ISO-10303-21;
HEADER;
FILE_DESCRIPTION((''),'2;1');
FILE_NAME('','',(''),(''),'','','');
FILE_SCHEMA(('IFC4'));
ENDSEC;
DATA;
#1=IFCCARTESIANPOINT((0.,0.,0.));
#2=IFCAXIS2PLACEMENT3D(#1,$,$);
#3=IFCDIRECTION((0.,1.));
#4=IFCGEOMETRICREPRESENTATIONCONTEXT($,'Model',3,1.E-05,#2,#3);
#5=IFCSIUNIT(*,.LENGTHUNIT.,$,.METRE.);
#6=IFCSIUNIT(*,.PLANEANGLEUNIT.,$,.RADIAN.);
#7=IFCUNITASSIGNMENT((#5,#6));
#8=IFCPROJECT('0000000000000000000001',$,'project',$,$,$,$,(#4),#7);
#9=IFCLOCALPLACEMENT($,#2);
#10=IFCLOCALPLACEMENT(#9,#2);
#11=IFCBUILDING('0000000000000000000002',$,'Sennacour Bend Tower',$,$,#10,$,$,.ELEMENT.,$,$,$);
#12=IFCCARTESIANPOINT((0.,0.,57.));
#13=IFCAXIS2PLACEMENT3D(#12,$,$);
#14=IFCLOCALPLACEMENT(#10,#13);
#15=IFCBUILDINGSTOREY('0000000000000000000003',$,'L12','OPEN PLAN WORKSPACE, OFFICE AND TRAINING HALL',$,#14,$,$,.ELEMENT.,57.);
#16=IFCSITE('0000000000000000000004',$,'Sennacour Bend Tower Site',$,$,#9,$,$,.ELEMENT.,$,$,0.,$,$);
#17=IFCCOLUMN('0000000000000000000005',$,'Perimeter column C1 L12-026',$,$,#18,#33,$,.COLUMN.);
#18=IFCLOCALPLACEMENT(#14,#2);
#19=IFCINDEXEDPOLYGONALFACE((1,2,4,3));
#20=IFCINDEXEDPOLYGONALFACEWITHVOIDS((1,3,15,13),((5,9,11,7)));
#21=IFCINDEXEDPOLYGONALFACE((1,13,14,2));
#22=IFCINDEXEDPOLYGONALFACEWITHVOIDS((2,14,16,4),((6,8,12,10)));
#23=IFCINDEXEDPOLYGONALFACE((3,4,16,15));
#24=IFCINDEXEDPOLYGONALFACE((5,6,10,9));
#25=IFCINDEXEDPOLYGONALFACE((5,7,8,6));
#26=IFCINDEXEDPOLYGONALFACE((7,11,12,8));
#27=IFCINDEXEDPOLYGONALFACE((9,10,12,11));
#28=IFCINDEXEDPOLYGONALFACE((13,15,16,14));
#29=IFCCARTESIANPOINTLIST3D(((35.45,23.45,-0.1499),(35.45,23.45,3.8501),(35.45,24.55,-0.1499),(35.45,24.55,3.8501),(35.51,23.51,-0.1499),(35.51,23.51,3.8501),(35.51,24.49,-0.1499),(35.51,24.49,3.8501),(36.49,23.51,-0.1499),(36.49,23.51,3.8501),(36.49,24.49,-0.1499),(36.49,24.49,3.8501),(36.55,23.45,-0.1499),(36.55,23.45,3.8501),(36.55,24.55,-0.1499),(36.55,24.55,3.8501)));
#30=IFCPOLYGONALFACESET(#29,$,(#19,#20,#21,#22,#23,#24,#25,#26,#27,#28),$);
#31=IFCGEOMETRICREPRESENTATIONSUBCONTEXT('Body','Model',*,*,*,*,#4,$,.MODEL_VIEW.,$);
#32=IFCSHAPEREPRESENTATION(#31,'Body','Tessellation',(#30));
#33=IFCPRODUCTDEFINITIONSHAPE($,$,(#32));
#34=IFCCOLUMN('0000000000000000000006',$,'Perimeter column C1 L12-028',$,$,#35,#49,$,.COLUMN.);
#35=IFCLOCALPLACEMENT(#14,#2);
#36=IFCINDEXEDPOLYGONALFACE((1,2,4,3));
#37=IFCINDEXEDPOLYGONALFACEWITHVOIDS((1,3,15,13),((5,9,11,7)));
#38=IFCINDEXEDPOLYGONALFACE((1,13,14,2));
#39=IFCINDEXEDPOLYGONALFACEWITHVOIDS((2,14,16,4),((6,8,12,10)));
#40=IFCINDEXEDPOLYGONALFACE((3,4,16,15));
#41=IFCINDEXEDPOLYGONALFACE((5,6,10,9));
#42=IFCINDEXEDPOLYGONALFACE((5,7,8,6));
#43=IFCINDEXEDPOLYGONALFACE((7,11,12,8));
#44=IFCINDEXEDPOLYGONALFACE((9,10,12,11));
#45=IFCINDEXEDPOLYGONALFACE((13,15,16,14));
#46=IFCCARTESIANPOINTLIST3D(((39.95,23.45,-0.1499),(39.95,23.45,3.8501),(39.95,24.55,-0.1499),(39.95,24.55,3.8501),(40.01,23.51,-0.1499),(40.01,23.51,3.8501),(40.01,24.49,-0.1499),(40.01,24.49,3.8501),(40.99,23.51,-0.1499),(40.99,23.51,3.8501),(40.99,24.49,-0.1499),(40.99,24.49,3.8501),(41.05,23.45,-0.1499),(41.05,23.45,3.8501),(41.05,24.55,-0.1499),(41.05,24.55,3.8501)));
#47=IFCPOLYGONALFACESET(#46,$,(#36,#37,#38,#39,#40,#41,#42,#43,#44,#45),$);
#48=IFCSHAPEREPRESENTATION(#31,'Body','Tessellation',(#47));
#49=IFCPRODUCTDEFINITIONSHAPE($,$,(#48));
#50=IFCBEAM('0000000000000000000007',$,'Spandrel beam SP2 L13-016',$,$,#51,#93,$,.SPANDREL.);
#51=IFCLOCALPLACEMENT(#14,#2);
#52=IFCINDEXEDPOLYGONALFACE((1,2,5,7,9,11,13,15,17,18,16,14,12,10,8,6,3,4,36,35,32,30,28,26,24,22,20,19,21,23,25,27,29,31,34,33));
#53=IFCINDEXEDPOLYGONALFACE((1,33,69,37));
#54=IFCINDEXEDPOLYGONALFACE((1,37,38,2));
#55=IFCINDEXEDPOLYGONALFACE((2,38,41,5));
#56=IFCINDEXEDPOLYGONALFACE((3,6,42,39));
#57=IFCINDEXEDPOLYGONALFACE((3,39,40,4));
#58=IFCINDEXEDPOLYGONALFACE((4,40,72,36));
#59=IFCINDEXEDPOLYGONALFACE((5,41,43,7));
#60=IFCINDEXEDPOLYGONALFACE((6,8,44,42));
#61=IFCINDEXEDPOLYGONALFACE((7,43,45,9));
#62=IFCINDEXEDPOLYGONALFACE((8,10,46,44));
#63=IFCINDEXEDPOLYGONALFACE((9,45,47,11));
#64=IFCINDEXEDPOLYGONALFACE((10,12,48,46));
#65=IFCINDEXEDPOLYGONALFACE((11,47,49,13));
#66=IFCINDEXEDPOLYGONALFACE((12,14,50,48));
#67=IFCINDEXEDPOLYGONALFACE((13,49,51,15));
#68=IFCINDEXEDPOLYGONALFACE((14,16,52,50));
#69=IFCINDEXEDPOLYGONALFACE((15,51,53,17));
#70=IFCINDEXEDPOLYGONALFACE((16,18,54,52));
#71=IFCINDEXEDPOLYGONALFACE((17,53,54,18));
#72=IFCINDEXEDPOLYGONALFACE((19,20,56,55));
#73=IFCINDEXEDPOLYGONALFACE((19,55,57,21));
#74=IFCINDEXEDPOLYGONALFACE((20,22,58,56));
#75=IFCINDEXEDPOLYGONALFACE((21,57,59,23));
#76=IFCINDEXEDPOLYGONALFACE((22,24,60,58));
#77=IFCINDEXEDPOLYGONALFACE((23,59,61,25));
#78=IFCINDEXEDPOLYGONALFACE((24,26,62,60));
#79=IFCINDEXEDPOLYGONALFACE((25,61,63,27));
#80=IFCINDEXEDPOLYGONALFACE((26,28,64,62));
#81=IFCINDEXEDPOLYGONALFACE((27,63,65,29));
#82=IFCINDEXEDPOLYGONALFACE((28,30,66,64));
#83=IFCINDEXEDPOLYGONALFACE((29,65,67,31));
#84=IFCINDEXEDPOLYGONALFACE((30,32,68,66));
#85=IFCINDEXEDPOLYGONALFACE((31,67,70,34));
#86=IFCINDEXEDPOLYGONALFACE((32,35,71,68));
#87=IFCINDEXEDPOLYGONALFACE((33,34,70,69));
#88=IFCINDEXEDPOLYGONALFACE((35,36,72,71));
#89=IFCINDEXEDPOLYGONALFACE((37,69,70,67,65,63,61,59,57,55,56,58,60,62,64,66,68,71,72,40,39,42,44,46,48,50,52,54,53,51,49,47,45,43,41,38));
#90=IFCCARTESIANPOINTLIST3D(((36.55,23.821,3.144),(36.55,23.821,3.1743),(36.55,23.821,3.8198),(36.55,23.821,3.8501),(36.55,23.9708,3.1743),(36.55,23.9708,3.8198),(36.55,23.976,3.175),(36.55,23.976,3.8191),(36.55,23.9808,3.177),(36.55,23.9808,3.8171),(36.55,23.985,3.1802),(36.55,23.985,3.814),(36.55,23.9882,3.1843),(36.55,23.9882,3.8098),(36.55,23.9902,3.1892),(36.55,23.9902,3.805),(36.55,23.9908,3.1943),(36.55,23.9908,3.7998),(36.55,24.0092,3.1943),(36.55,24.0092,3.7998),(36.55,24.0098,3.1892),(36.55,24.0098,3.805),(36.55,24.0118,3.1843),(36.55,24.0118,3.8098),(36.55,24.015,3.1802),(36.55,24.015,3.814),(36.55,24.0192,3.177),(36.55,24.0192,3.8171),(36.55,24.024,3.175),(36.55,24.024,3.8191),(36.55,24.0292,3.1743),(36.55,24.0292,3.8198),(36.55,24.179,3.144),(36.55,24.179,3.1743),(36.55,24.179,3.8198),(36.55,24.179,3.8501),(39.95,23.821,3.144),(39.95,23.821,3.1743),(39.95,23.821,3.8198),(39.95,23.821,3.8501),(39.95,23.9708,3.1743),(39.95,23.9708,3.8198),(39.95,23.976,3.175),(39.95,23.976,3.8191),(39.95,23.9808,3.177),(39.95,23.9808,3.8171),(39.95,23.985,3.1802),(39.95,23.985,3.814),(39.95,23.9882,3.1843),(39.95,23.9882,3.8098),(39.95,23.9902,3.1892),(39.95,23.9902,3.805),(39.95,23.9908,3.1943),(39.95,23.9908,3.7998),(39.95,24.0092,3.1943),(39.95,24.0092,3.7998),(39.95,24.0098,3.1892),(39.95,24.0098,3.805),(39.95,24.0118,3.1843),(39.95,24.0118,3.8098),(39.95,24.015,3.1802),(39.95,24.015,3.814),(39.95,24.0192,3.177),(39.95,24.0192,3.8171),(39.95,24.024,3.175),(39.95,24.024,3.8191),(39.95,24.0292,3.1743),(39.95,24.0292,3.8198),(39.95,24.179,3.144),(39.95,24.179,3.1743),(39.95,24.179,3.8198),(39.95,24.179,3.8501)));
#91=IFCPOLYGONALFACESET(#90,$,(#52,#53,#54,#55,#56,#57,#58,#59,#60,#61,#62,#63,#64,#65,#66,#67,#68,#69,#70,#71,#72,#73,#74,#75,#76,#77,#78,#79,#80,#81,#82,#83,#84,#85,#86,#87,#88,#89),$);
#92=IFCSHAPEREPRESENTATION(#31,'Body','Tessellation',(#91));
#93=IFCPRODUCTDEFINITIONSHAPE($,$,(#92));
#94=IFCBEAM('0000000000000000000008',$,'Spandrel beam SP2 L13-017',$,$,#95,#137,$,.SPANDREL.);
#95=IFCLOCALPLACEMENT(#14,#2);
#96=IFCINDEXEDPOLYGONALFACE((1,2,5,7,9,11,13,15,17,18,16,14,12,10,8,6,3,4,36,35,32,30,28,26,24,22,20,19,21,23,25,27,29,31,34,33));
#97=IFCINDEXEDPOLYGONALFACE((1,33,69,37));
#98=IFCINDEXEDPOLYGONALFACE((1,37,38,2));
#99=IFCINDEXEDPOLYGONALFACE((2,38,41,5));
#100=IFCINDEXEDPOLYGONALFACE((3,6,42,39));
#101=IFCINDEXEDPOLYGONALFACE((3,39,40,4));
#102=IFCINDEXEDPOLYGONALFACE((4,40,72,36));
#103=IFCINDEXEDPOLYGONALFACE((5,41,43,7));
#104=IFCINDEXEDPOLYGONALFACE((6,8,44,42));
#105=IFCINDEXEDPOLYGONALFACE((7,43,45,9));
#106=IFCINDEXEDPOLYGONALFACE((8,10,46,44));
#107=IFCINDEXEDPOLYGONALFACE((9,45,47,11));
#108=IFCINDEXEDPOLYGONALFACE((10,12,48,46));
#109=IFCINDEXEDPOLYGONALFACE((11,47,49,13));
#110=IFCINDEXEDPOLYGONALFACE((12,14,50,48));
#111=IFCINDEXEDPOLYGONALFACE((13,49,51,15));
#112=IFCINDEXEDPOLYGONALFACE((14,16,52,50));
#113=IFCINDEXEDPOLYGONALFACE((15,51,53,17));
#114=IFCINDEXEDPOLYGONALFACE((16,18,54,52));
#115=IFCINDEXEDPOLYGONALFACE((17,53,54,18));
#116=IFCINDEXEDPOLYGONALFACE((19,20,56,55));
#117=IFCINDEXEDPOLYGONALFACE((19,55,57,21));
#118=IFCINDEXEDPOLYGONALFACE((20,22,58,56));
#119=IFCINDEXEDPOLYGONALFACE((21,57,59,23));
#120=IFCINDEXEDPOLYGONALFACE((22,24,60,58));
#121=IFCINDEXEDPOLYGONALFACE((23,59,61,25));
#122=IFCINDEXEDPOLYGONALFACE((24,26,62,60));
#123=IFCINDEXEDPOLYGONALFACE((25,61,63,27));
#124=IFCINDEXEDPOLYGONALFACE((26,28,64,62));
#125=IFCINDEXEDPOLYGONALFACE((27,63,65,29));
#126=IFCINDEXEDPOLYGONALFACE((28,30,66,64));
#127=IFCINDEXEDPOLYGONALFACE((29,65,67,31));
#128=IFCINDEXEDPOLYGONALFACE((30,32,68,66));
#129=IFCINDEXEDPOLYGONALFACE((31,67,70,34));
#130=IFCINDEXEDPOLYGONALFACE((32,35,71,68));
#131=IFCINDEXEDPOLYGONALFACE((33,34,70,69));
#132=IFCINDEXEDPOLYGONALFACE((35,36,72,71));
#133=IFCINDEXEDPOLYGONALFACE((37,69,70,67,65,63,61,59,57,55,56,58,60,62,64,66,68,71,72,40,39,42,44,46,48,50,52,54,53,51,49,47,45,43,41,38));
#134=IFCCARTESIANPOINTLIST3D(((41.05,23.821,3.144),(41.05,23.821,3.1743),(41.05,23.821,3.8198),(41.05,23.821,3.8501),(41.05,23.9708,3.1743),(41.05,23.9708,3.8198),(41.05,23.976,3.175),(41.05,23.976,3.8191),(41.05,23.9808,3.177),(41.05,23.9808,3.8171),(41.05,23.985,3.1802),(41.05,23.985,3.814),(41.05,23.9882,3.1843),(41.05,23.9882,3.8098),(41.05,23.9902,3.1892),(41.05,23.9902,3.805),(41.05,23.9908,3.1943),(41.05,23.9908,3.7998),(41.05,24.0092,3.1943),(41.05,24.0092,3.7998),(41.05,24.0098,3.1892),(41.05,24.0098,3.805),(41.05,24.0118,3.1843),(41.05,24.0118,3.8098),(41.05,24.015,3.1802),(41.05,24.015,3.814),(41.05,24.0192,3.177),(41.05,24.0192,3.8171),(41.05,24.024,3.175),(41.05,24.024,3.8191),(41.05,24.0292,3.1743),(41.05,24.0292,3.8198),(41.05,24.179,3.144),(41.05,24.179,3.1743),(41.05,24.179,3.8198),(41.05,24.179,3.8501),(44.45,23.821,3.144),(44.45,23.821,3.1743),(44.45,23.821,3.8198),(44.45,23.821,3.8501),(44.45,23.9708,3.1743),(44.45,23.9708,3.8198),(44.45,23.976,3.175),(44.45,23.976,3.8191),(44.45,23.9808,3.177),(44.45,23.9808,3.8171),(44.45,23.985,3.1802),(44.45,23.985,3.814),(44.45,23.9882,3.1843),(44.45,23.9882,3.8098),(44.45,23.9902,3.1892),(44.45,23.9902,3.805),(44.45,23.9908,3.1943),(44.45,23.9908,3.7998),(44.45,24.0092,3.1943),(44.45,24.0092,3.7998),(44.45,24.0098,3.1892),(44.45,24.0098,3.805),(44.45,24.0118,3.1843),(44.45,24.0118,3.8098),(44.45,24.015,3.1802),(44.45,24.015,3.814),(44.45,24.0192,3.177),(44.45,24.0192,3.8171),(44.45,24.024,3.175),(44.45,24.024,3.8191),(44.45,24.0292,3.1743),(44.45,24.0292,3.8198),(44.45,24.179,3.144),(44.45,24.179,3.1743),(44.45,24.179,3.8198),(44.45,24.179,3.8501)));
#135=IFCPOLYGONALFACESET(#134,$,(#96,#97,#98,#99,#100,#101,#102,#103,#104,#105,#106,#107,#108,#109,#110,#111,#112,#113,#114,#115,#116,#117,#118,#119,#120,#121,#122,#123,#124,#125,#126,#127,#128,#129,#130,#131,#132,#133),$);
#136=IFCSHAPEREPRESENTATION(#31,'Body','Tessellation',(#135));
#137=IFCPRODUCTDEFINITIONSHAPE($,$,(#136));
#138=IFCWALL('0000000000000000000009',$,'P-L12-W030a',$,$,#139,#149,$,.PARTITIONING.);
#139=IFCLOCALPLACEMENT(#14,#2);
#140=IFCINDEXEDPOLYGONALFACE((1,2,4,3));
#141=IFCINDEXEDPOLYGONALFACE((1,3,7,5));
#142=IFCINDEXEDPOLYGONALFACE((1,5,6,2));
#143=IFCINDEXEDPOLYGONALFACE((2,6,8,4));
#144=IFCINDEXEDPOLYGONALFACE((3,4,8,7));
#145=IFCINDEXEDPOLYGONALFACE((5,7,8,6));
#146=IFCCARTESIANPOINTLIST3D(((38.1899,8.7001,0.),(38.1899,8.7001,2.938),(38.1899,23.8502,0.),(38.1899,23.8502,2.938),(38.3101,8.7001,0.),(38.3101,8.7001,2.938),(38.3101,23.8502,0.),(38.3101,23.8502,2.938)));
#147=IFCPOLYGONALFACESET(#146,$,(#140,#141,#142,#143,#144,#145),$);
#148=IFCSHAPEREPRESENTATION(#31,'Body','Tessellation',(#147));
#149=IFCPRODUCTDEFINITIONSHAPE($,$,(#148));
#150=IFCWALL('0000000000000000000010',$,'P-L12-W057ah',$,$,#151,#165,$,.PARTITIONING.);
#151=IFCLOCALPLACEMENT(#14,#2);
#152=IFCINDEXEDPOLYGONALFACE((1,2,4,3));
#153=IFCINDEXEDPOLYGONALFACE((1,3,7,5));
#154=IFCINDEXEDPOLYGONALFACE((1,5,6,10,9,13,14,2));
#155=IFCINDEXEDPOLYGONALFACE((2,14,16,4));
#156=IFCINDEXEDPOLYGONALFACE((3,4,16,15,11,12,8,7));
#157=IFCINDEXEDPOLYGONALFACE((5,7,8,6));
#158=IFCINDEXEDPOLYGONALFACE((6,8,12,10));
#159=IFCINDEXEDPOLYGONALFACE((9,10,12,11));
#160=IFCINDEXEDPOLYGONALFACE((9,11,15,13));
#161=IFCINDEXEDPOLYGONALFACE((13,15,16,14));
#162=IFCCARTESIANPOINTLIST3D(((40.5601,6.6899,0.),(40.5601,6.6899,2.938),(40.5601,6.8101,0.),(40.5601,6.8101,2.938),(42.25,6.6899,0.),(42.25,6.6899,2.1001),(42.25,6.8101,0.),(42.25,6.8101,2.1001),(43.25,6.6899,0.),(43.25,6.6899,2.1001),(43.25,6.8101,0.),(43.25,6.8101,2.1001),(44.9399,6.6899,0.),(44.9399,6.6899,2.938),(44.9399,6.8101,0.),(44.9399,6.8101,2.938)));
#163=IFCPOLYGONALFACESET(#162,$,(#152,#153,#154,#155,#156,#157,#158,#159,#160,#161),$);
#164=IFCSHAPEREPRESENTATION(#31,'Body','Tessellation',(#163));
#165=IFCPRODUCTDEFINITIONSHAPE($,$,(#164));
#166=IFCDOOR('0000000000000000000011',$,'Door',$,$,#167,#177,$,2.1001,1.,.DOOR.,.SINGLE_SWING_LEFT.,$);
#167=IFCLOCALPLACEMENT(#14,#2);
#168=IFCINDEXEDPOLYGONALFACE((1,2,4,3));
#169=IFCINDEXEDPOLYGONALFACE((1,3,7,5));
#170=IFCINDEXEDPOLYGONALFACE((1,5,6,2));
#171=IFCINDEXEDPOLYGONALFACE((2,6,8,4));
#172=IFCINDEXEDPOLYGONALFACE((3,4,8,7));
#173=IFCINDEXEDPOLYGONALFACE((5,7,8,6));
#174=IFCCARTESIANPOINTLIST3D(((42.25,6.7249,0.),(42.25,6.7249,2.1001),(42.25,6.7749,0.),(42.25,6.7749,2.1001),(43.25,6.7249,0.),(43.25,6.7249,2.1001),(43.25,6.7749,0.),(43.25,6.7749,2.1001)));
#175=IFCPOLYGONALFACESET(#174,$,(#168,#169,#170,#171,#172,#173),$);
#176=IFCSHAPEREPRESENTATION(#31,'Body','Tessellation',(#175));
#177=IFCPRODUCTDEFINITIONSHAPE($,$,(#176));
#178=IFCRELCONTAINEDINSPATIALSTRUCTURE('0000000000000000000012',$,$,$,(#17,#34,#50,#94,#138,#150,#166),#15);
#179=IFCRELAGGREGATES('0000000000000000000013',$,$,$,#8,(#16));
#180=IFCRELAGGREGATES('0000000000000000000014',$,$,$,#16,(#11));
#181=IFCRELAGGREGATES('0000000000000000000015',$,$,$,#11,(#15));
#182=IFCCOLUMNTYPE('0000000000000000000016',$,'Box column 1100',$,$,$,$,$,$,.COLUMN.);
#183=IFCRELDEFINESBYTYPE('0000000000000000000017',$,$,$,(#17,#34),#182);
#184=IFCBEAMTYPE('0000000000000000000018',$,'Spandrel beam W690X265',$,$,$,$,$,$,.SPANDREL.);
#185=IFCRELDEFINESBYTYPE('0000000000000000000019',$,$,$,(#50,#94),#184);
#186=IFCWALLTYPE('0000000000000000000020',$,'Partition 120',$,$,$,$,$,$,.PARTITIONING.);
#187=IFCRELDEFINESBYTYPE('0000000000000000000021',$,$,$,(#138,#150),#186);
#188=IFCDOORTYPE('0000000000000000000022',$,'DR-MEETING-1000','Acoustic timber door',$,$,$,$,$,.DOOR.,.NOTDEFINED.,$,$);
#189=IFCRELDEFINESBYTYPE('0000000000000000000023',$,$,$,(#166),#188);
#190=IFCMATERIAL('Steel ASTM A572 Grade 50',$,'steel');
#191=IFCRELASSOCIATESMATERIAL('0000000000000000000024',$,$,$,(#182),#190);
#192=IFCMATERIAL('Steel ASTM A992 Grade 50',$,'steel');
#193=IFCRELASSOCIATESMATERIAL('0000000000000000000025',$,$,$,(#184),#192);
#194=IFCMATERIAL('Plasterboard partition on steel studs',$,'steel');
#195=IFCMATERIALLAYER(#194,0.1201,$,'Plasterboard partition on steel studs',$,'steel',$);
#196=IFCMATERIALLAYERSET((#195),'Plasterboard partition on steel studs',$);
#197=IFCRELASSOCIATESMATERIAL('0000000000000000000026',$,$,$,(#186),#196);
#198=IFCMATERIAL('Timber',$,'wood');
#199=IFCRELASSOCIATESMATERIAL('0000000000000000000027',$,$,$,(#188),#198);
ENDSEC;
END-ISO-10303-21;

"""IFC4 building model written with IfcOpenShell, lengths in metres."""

from ifc_helpers import new_model, si_unit, direction, frame, frame_2d, origin, origin_2d, place, context, subcontext, project, spatial, rectangle, hollow_rectangle, i_section, extrude, material, layer, layer_set, material_profile, profile_set, type_object, element, fill, save


model = new_model("IFC4")

# Units and contexts
model_context = context("Model", 3, precision=1e-05, world=origin(), true_north=direction((0.0, 1.0)))
body_context = subcontext(model_context, "Body", "Model", "MODEL_VIEW")
ifc_project = project(units=[si_unit("LENGTHUNIT", "METRE"), si_unit("PLANEANGLEUNIT", "RADIAN")], contexts=[model_context])

# Site, building, storey
site_placement = place(None, origin())
site = spatial("IfcSite", under=ifc_project, at=site_placement, Name="Sennacour Bend Tower Site", CompositionType="ELEMENT", RefElevation=0.0)
building_placement = place(site_placement, origin())
building = spatial("IfcBuilding", under=site, at=building_placement, Name="Sennacour Bend Tower", CompositionType="ELEMENT")
storey_placement = place(building_placement, frame((0.0, 0.0, 57.0)))
storey = spatial("IfcBuildingStorey", under=building, at=storey_placement, Name="L12", Description="OPEN PLAN WORKSPACE, OFFICE AND TRAINING HALL", CompositionType="ELEMENT", Elevation=57.0)

# Columns
ifc_material_1 = material(Name="Steel ASTM A572 Grade 50", Category="steel")
ifc_material_profile_1 = material_profile(ifc_material_1, hollow_rectangle(XDim=1.1001, YDim=1.1001, WallThickness=0.0601, at=origin_2d()), Name="Steel ASTM A572 Grade 50", Category="steel")
ifc_profile_set_1 = profile_set([ifc_material_profile_1], Name="Steel ASTM A572 Grade 50")
column_type = type_object("IfcColumnType", Name="Box column 1100", PredefinedType="COLUMN", material=ifc_profile_set_1)
for number, where, z_axis, x_axis, name in (
    (1, (36.0, 24.0, -0.1499), (0.0, 0.0, 1.0), (1.0, 0.0, 0.0), "Perimeter column C1 L12-026"),
    (2, (40.5, 24.0, -0.1499), (0.0, 0.0, 1.0), (1.0, 0.0, 0.0), "Perimeter column C1 L12-028"),
):
    element("IfcColumn", number, at=place(storey_placement, frame(where, z_axis=z_axis, x_axis=x_axis)), inside=storey, type_object=column_type, Name=name, PredefinedType="COLUMN", context=body_context, shape_type="SweptSolid", body=[
        extrude(hollow_rectangle(XDim=1.1001, YDim=1.1001, WallThickness=0.0601, at=origin_2d()), origin(), (0.0, 0.0, 1.0), 4.0),
    ])

# Beams
ifc_material_2 = material(Name="Steel ASTM A992 Grade 50", Category="steel")
ifc_material_profile_2 = material_profile(ifc_material_2, i_section(OverallWidth=0.3579, OverallDepth=0.7061, WebThickness=0.0183, FlangeThickness=0.0303, FilletRadius=0.02, at=origin_2d()), Name="Steel ASTM A992 Grade 50", Category="steel")
ifc_profile_set_2 = profile_set([ifc_material_profile_2], Name="Steel ASTM A992 Grade 50")
beam_type = type_object("IfcBeamType", Name="Spandrel beam W690X265", PredefinedType="SPANDREL", material=ifc_profile_set_2)
for number, where, z_axis, x_axis, name in (
    (3, (36.55, 24.0, 3.4971), (1.0, 0.0, 0.0), (0.0, 1.0, 0.0), "Spandrel beam SP2 L13-016"),
    (4, (41.05, 24.0, 3.4971), (1.0, 0.0, 0.0), (0.0, 1.0, 0.0), "Spandrel beam SP2 L13-017"),
):
    element("IfcBeam", number, at=place(storey_placement, frame(where, z_axis=z_axis, x_axis=x_axis)), inside=storey, type_object=beam_type, Name=name, PredefinedType="SPANDREL", context=body_context, shape_type="SweptSolid", body=[
        extrude(i_section(OverallWidth=0.3579, OverallDepth=0.7061, WebThickness=0.0183, FlangeThickness=0.0303, FilletRadius=0.02, at=origin_2d()), origin(), (0.0, 0.0, 1.0), 3.3999),
    ])

# Wall
ifc_material_3 = material(Name="Plasterboard partition on steel studs", Category="steel")
ifc_layer_1 = layer(ifc_material_3, 0.1201, Name="Plasterboard partition on steel studs", Category="steel")
ifc_layer_set_1 = layer_set([ifc_layer_1], Name="Plasterboard partition on steel studs")
wall_type_1 = type_object("IfcWallType", Name="Partition 120", PredefinedType="PARTITIONING", material=ifc_layer_set_1)
wall_1_placement = place(storey_placement, frame((38.25, 8.7, 0.0), z_axis=(0.0, 0.0, 1.0), x_axis=(0.0, 1.0, 0.0)))
element("IfcWall", 5, at=wall_1_placement, inside=storey, type_object=wall_type_1, Name="P-L12-W030a", PredefinedType="PARTITIONING", context=body_context, shape_type="SweptSolid", body=[
    extrude(rectangle(XDim=15.1501, YDim=0.1201, at=frame_2d((7.5752, 0.0))), origin(), (0.0, 0.0, 1.0), 2.938),
])

# Wall, opening, door
wall_2_placement = place(storey_placement, frame((40.5601, 6.75, 0.0), z_axis=(0.0, 0.0, 1.0), x_axis=(1.0, 0.0, 0.0)))
wall_2 = element("IfcWall", 6, at=wall_2_placement, inside=storey, type_object=wall_type_1, Name="P-L12-W057ah", PredefinedType="PARTITIONING", context=body_context, shape_type="SweptSolid", body=[
    extrude(rectangle(XDim=4.3799, YDim=0.1201, at=frame_2d((2.1899, 0.0))), origin(), (0.0, 0.0, 1.0), 2.938),
])
opening_1_placement = place(wall_2_placement, frame((1.6899, 0.0, 0.0)))
opening_1 = element("IfcOpeningElement", 7, at=opening_1_placement, cuts=wall_2, PredefinedType="OPENING", context=body_context, shape_type="SweptSolid", body=[
    extrude(rectangle(XDim=1.0, YDim=2.1001, at=frame_2d((0.5, 1.05))), frame((0.0, 0.0701, 0.0), z_axis=(0.0, -1.0, 0.0), x_axis=(1.0, 0.0, 0.0)), (0.0, 0.0, 1.0), 0.1401),
])
ifc_material_4 = material(Name="Timber", Category="wood")
door_type_1 = type_object("IfcDoorType", Name="DR-MEETING-1000", Description="Acoustic timber door", OperationType="NOTDEFINED", PredefinedType="DOOR", material=ifc_material_4)
door_1_placement = place(opening_1_placement, origin())
door_1 = element("IfcDoor", 8, at=door_1_placement, inside=storey, type_object=door_type_1, Name="Door", OperationType="SINGLE_SWING_LEFT", OverallHeight=2.1001, OverallWidth=1.0, PredefinedType="DOOR", context=body_context, shape_type="SweptSolid", body=[
    extrude(rectangle(XDim=1.0, YDim=2.1001, at=frame_2d((0.5, 1.05))), frame((0.0, 0.0249, 0.0), z_axis=(0.0, -1.0, 0.0), x_axis=(1.0, 0.0, 0.0)), (0.0, 0.0, 1.0), 0.05),
])
fill(opening_1, door_1)

save(model, "model.ifc")
